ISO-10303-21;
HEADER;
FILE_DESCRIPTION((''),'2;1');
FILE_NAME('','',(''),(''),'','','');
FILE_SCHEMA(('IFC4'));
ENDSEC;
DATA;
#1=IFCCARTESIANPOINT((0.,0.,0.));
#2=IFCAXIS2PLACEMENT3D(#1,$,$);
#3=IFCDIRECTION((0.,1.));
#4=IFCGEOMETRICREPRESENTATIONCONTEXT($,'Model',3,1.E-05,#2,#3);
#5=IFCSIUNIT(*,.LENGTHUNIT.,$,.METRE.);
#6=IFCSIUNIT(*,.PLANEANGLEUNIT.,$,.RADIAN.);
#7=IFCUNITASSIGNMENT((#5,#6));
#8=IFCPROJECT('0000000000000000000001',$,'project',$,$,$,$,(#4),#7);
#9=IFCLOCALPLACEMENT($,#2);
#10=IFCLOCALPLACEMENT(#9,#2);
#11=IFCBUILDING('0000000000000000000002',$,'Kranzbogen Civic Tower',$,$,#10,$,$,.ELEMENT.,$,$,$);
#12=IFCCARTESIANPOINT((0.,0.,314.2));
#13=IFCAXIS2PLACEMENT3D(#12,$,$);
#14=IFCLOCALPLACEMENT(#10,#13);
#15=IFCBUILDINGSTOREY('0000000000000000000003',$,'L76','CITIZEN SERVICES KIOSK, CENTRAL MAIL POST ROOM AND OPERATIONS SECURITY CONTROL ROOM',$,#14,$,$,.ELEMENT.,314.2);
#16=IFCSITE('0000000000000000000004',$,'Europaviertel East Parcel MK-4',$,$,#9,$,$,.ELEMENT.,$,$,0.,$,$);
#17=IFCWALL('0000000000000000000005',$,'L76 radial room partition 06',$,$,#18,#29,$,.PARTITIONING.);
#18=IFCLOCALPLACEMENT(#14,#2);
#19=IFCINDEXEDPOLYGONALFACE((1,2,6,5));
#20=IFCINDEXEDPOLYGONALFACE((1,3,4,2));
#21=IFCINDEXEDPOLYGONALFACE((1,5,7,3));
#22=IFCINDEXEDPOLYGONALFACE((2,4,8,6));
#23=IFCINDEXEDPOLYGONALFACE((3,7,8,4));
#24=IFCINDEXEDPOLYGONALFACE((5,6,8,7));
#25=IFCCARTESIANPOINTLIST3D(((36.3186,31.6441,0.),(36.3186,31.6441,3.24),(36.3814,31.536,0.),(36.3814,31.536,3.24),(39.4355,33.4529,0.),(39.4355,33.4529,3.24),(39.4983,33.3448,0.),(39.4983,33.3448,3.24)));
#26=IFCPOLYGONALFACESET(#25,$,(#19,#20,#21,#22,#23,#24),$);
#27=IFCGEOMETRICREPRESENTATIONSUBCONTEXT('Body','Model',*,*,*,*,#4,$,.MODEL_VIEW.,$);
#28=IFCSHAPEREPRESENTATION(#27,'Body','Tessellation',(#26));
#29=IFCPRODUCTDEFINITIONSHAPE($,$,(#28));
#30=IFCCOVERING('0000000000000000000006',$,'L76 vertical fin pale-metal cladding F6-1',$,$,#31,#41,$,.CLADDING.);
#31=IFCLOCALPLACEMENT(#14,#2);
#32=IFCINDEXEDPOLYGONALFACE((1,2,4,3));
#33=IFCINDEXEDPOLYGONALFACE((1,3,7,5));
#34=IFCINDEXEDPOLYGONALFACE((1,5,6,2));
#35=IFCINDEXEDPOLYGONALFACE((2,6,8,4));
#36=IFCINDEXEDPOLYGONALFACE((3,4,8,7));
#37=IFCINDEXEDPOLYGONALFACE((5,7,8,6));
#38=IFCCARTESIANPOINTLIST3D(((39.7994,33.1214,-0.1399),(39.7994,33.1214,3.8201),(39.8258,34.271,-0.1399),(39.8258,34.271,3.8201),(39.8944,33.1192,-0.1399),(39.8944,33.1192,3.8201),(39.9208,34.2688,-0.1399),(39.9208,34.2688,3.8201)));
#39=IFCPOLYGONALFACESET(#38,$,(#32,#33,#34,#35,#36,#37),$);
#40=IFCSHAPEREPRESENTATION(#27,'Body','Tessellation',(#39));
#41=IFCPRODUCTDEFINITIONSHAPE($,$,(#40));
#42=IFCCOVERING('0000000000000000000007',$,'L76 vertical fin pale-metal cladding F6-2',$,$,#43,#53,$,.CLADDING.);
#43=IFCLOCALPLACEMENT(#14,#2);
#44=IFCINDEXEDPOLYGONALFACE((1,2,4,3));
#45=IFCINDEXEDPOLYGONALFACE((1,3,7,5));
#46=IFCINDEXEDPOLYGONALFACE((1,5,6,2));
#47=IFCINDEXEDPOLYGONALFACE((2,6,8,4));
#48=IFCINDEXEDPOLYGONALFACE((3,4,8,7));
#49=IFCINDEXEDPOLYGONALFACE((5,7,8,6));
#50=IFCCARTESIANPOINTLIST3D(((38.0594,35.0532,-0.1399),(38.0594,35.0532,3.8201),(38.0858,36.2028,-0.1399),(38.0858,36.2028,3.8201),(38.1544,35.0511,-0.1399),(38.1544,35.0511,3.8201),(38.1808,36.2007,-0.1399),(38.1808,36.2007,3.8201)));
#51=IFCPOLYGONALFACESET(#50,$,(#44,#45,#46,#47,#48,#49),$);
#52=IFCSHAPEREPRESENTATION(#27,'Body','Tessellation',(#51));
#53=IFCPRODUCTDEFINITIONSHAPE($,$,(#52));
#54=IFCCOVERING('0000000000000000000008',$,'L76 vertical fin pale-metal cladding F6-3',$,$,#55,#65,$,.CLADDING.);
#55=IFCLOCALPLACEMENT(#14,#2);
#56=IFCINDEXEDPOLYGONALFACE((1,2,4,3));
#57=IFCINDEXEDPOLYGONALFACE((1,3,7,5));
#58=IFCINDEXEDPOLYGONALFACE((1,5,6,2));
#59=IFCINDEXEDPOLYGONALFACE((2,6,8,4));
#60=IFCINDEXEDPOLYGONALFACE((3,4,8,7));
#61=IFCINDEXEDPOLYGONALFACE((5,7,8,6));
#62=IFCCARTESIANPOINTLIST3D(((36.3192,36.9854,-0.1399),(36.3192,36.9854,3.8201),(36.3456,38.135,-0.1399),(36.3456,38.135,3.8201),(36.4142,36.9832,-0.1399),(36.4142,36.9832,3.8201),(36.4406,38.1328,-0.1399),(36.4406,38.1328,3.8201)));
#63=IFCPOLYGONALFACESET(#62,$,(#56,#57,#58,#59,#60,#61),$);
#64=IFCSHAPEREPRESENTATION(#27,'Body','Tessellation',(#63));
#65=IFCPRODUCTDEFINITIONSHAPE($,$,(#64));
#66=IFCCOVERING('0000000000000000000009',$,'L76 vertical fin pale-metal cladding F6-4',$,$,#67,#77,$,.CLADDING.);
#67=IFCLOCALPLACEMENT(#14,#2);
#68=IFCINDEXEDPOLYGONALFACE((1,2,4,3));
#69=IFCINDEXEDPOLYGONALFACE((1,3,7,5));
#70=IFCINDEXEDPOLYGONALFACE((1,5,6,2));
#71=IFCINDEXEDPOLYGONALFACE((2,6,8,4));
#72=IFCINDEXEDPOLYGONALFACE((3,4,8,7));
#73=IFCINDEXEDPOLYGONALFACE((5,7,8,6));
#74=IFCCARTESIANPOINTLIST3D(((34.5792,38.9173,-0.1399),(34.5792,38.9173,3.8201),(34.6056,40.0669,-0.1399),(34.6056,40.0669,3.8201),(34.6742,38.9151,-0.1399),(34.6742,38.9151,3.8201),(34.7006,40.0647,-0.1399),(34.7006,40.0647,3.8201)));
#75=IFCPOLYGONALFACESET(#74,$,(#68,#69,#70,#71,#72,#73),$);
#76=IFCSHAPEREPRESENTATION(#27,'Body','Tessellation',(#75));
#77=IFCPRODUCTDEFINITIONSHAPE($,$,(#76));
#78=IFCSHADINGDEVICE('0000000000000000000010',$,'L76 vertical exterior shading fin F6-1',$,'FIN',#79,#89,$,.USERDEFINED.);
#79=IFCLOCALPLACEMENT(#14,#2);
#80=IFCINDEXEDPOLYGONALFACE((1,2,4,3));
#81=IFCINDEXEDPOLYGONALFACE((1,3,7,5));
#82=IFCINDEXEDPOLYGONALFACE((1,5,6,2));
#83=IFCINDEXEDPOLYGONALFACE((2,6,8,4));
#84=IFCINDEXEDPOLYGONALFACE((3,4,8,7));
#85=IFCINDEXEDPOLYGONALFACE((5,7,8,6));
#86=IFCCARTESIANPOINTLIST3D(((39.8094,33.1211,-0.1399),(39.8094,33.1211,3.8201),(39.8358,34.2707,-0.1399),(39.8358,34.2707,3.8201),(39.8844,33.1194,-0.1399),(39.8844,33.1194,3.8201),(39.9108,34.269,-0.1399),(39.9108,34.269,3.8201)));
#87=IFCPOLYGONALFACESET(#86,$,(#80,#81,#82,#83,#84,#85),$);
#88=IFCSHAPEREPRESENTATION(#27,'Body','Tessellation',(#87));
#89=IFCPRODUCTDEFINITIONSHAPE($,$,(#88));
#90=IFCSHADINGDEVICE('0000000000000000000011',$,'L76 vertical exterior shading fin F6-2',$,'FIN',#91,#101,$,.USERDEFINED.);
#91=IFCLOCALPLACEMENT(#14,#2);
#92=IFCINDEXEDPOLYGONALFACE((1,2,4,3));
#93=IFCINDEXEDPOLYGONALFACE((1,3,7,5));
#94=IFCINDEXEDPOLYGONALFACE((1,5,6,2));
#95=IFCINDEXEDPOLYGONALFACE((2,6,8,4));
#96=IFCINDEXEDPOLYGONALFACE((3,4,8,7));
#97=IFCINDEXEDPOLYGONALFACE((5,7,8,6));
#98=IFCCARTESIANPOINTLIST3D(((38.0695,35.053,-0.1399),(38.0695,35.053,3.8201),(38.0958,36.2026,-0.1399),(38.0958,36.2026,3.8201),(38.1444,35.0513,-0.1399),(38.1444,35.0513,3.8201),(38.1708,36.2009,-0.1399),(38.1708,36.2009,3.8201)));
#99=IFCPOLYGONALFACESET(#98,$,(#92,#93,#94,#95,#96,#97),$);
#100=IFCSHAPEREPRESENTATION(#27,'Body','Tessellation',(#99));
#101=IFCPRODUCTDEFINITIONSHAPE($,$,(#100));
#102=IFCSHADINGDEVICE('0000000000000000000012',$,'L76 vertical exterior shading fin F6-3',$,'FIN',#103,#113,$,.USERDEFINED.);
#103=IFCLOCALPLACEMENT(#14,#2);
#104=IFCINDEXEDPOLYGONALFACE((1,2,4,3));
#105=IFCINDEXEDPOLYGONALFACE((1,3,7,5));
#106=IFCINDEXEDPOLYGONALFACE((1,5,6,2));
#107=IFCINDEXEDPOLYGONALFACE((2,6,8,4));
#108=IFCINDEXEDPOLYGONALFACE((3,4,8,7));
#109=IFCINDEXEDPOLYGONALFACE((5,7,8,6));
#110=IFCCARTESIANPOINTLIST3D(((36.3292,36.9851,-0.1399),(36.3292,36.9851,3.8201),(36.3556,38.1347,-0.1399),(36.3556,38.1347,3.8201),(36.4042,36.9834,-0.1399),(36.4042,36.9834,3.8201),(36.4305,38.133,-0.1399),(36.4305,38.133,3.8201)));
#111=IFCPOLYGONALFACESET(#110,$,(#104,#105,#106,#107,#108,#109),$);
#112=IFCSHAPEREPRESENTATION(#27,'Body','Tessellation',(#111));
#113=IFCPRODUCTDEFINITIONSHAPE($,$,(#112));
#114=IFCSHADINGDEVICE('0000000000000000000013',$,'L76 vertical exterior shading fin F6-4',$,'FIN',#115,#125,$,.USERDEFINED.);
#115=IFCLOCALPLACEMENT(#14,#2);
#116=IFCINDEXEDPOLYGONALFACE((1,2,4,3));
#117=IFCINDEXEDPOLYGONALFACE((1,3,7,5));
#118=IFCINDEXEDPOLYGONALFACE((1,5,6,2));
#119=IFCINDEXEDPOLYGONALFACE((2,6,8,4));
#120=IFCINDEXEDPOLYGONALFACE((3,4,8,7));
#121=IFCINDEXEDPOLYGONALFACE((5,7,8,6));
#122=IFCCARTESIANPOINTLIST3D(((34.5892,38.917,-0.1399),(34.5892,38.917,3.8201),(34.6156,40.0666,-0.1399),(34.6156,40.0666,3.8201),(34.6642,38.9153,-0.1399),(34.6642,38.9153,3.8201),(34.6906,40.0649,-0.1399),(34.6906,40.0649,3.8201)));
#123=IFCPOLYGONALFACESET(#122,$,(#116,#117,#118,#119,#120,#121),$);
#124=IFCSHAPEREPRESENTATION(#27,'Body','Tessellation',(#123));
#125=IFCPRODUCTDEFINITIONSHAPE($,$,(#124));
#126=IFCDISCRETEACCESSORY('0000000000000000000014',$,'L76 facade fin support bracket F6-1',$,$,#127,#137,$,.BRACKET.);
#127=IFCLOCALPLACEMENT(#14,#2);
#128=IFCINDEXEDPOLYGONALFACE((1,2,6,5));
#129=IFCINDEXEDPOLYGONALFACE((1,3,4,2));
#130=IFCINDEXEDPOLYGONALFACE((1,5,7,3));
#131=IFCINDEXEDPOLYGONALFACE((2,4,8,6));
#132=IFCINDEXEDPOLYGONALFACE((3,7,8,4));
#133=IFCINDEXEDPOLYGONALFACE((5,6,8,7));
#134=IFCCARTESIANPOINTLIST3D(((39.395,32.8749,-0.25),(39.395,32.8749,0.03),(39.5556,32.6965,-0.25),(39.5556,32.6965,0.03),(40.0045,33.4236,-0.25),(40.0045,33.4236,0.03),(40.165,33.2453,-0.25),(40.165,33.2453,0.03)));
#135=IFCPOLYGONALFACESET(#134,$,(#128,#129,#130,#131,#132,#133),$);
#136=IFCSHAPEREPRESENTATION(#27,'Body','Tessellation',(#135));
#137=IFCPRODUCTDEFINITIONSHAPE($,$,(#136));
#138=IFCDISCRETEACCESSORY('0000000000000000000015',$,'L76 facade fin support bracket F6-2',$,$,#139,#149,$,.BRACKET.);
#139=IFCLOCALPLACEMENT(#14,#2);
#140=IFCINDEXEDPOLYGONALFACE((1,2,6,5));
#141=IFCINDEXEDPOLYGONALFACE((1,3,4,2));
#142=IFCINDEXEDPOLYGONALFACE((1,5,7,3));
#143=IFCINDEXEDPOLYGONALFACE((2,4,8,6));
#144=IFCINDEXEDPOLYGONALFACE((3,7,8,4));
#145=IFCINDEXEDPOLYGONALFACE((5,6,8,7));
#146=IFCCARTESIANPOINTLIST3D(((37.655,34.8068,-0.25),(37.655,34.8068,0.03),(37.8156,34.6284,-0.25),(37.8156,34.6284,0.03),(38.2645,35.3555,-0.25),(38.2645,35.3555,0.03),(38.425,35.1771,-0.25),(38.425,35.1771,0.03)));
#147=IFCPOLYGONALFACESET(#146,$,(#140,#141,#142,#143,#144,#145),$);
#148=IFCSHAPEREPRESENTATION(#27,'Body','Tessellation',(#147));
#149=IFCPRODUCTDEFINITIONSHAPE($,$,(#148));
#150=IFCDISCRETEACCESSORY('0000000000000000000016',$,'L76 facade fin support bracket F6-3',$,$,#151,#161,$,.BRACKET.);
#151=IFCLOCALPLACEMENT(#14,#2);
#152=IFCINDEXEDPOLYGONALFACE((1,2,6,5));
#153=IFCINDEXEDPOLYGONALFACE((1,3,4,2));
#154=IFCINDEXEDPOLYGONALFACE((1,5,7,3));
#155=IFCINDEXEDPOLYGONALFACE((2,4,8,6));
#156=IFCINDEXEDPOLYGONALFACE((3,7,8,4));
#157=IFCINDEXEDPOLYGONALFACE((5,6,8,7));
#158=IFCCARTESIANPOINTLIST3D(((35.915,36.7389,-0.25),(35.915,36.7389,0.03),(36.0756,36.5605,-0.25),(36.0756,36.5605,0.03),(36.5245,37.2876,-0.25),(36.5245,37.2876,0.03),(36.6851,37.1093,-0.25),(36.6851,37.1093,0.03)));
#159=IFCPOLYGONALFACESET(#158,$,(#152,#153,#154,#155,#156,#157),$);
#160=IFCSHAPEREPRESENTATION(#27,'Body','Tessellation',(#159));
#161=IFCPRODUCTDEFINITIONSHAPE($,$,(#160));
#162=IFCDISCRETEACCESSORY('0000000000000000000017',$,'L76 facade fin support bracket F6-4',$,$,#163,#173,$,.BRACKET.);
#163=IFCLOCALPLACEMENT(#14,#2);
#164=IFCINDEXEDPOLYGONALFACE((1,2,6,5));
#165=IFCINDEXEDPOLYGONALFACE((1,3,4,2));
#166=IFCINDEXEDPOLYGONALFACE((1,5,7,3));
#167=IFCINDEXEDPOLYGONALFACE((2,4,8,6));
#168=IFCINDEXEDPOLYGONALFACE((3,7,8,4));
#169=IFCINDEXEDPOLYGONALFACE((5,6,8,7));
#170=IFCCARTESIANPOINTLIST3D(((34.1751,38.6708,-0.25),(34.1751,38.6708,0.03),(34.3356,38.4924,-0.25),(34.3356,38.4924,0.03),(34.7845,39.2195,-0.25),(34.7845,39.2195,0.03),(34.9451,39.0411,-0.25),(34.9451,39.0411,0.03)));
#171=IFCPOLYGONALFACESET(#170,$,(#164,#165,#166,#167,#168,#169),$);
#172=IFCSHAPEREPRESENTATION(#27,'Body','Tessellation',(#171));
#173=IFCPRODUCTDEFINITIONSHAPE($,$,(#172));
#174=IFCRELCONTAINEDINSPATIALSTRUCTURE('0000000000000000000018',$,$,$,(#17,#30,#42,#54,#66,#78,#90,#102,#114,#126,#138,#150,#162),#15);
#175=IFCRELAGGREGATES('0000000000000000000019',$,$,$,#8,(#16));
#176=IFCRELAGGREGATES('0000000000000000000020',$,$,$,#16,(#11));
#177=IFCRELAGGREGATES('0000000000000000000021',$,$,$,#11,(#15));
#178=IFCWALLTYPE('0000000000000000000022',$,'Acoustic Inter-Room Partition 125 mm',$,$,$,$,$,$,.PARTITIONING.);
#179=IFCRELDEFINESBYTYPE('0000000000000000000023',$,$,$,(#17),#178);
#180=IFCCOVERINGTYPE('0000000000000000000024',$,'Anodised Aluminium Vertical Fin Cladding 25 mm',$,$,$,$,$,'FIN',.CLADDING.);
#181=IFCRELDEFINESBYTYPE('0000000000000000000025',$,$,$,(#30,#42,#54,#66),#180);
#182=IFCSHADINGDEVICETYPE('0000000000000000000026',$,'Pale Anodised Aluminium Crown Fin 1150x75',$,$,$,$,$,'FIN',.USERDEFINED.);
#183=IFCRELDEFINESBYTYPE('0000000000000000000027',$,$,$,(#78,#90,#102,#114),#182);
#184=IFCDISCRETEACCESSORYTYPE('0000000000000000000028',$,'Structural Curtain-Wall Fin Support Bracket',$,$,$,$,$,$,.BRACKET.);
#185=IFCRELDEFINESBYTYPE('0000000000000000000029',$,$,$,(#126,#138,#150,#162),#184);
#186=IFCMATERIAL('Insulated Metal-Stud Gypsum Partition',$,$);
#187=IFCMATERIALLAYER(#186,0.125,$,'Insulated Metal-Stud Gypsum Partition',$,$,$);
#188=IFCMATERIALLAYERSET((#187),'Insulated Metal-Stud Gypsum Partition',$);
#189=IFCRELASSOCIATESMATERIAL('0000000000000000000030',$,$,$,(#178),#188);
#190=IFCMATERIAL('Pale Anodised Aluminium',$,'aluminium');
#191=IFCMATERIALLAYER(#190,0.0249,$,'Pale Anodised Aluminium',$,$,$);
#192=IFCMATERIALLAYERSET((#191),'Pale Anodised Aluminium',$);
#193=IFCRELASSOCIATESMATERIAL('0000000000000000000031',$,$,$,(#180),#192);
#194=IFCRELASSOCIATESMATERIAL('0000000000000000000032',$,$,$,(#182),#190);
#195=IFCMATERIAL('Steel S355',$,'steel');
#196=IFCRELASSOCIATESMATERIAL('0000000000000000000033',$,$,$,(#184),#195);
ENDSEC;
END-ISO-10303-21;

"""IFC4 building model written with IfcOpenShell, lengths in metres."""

from ifc_helpers import new_model, si_unit, direction, frame, frame_2d, origin, origin_2d, place, context, subcontext, project, spatial, rectangle, extrude, material, layer, layer_set, type_object, element, save


model = new_model("IFC4")

# Units and contexts
model_context = context("Model", 3, precision=1e-05, world=origin(), true_north=direction((0.0, 1.0)))
body_context = subcontext(model_context, "Body", "Model", "MODEL_VIEW")
ifc_project = project(units=[si_unit("LENGTHUNIT", "METRE"), si_unit("PLANEANGLEUNIT", "RADIAN")], contexts=[model_context])

# Site, building, storey
site_placement = place(None, origin())
site = spatial("IfcSite", under=ifc_project, at=site_placement, Name="Europaviertel East Parcel MK-4", CompositionType="ELEMENT", RefElevation=0.0)
building_placement = place(site_placement, origin())
building = spatial("IfcBuilding", under=site, at=building_placement, Name="Kranzbogen Civic Tower", CompositionType="ELEMENT")
storey_placement = place(building_placement, frame((0.0, 0.0, 314.2)))
storey = spatial("IfcBuildingStorey", under=building, at=storey_placement, Name="L76", Description="CITIZEN SERVICES KIOSK, CENTRAL MAIL POST ROOM AND OPERATIONS SECURITY CONTROL ROOM", CompositionType="ELEMENT", Elevation=314.2)

# Shared definitions
ifc_material_1 = material(Name="Steel S355", Category="steel")

# Shared definitions
ifc_material_2 = material(Name="Pale Anodised Aluminium", Category="aluminium")

# Wall
ifc_material_3 = material(Name="Insulated Metal-Stud Gypsum Partition")
ifc_layer_1 = layer(ifc_material_3, 0.125, Name="Insulated Metal-Stud Gypsum Partition")
ifc_layer_set_1 = layer_set([ifc_layer_1], Name="Insulated Metal-Stud Gypsum Partition")
wall_type_1 = type_object("IfcWallType", Name="Acoustic Inter-Room Partition 125 mm", PredefinedType="PARTITIONING", material=ifc_layer_set_1)
wall_1_placement = place(storey_placement, frame((36.3501, 31.5901, 0.0), z_axis=(0.0, 0.0, 1.0), x_axis=(0.864909, 0.501928, 0.0)))
element("IfcWall", 1, at=wall_1_placement, inside=storey, type_object=wall_type_1, Name="L76 radial room partition 06", PredefinedType="PARTITIONING", context=body_context, shape_type="SweptSolid", body=[
    extrude(rectangle(XDim=3.6038, YDim=0.125, at=frame_2d((1.8018, 0.0))), origin(), (0.0, 0.0, 1.0), 3.24),
])

# Coverings
ifc_layer_2 = layer(ifc_material_2, 0.0249, Name="Pale Anodised Aluminium")
ifc_layer_set_2 = layer_set([ifc_layer_2], Name="Pale Anodised Aluminium")
covering_type = type_object("IfcCoveringType", Name="Anodised Aluminium Vertical Fin Cladding 25 mm", ElementType="FIN", PredefinedType="CLADDING", material=ifc_layer_set_2)
for number, where, z_axis, x_axis, name in (
    (2, (39.8601, 33.6951, -0.1399), (0.0, 0.0, 1.0), (0.022949, 0.999737, 0.0), "L76 vertical fin pale-metal cladding F6-1"),
    (3, (38.1201, 35.627, -0.1399), (0.0, 0.0, 1.0), (0.022949, 0.999737, 0.0), "L76 vertical fin pale-metal cladding F6-2"),
    (4, (36.3799, 37.5591, -0.1399), (0.0, 0.0, 1.0), (0.022949, 0.999737, 0.0), "L76 vertical fin pale-metal cladding F6-3"),
    (5, (34.6399, 39.491, -0.1399), (0.0, 0.0, 1.0), (0.022949, 0.999737, 0.0), "L76 vertical fin pale-metal cladding F6-4"),
):
    element("IfcCovering", number, at=place(storey_placement, frame(where, z_axis=z_axis, x_axis=x_axis)), inside=storey, type_object=covering_type, Name=name, PredefinedType="CLADDING", context=body_context, shape_type="SweptSolid", body=[
        extrude(rectangle(XDim=1.1499, YDim=0.095, at=origin_2d()), origin(), (0.0, 0.0, 1.0), 3.96),
    ])

# Shading devices
shading_device_type = type_object("IfcShadingDeviceType", Name="Pale Anodised Aluminium Crown Fin 1150x75", ElementType="FIN", PredefinedType="USERDEFINED", material=ifc_material_2)
for number, where, z_axis, x_axis, name in (
    (6, (39.8601, 33.6951, -0.1399), (0.0, 0.0, 1.0), (0.022949, 0.999737, 0.0), "L76 vertical exterior shading fin F6-1"),
    (7, (38.1201, 35.627, -0.1399), (0.0, 0.0, 1.0), (0.022949, 0.999737, 0.0), "L76 vertical exterior shading fin F6-2"),
    (8, (36.3799, 37.5591, -0.1399), (0.0, 0.0, 1.0), (0.022949, 0.999737, 0.0), "L76 vertical exterior shading fin F6-3"),
    (9, (34.6399, 39.491, -0.1399), (0.0, 0.0, 1.0), (0.022949, 0.999737, 0.0), "L76 vertical exterior shading fin F6-4"),
):
    element("IfcShadingDevice", number, at=place(storey_placement, frame(where, z_axis=z_axis, x_axis=x_axis)), inside=storey, type_object=shading_device_type, Name=name, ObjectType="FIN", PredefinedType="USERDEFINED", context=body_context, shape_type="SweptSolid", body=[
        extrude(rectangle(XDim=1.1499, YDim=0.075, at=origin_2d()), origin(), (0.0, 0.0, 1.0), 3.96),
    ])

# Discrete accessories
discrete_accessory_type = type_object("IfcDiscreteAccessoryType", Name="Structural Curtain-Wall Fin Support Bracket", PredefinedType="BRACKET", material=ifc_material_1)
for number, where, z_axis, x_axis, name in (
    (10, (39.78, 33.0601, -0.25), (0.0, 0.0, 1.0), (0.743145, 0.669131, 0.0), "L76 facade fin support bracket F6-1"),
    (11, (38.04, 34.9919, -0.25), (0.0, 0.0, 1.0), (0.743145, 0.669131, 0.0), "L76 facade fin support bracket F6-2"),
    (12, (36.3, 36.9241, -0.25), (0.0, 0.0, 1.0), (0.743145, 0.669131, 0.0), "L76 facade fin support bracket F6-3"),
    (13, (34.5601, 38.856, -0.25), (0.0, 0.0, 1.0), (0.743145, 0.669131, 0.0), "L76 facade fin support bracket F6-4"),
):
    element("IfcDiscreteAccessory", number, at=place(storey_placement, frame(where, z_axis=z_axis, x_axis=x_axis)), inside=storey, type_object=discrete_accessory_type, Name=name, PredefinedType="BRACKET", context=body_context, shape_type="SweptSolid", body=[
        extrude(rectangle(XDim=0.8201, YDim=0.24, at=origin_2d()), origin(), (0.0, 0.0, 1.0), 0.28),
    ])

save(model, "model.ifc")
